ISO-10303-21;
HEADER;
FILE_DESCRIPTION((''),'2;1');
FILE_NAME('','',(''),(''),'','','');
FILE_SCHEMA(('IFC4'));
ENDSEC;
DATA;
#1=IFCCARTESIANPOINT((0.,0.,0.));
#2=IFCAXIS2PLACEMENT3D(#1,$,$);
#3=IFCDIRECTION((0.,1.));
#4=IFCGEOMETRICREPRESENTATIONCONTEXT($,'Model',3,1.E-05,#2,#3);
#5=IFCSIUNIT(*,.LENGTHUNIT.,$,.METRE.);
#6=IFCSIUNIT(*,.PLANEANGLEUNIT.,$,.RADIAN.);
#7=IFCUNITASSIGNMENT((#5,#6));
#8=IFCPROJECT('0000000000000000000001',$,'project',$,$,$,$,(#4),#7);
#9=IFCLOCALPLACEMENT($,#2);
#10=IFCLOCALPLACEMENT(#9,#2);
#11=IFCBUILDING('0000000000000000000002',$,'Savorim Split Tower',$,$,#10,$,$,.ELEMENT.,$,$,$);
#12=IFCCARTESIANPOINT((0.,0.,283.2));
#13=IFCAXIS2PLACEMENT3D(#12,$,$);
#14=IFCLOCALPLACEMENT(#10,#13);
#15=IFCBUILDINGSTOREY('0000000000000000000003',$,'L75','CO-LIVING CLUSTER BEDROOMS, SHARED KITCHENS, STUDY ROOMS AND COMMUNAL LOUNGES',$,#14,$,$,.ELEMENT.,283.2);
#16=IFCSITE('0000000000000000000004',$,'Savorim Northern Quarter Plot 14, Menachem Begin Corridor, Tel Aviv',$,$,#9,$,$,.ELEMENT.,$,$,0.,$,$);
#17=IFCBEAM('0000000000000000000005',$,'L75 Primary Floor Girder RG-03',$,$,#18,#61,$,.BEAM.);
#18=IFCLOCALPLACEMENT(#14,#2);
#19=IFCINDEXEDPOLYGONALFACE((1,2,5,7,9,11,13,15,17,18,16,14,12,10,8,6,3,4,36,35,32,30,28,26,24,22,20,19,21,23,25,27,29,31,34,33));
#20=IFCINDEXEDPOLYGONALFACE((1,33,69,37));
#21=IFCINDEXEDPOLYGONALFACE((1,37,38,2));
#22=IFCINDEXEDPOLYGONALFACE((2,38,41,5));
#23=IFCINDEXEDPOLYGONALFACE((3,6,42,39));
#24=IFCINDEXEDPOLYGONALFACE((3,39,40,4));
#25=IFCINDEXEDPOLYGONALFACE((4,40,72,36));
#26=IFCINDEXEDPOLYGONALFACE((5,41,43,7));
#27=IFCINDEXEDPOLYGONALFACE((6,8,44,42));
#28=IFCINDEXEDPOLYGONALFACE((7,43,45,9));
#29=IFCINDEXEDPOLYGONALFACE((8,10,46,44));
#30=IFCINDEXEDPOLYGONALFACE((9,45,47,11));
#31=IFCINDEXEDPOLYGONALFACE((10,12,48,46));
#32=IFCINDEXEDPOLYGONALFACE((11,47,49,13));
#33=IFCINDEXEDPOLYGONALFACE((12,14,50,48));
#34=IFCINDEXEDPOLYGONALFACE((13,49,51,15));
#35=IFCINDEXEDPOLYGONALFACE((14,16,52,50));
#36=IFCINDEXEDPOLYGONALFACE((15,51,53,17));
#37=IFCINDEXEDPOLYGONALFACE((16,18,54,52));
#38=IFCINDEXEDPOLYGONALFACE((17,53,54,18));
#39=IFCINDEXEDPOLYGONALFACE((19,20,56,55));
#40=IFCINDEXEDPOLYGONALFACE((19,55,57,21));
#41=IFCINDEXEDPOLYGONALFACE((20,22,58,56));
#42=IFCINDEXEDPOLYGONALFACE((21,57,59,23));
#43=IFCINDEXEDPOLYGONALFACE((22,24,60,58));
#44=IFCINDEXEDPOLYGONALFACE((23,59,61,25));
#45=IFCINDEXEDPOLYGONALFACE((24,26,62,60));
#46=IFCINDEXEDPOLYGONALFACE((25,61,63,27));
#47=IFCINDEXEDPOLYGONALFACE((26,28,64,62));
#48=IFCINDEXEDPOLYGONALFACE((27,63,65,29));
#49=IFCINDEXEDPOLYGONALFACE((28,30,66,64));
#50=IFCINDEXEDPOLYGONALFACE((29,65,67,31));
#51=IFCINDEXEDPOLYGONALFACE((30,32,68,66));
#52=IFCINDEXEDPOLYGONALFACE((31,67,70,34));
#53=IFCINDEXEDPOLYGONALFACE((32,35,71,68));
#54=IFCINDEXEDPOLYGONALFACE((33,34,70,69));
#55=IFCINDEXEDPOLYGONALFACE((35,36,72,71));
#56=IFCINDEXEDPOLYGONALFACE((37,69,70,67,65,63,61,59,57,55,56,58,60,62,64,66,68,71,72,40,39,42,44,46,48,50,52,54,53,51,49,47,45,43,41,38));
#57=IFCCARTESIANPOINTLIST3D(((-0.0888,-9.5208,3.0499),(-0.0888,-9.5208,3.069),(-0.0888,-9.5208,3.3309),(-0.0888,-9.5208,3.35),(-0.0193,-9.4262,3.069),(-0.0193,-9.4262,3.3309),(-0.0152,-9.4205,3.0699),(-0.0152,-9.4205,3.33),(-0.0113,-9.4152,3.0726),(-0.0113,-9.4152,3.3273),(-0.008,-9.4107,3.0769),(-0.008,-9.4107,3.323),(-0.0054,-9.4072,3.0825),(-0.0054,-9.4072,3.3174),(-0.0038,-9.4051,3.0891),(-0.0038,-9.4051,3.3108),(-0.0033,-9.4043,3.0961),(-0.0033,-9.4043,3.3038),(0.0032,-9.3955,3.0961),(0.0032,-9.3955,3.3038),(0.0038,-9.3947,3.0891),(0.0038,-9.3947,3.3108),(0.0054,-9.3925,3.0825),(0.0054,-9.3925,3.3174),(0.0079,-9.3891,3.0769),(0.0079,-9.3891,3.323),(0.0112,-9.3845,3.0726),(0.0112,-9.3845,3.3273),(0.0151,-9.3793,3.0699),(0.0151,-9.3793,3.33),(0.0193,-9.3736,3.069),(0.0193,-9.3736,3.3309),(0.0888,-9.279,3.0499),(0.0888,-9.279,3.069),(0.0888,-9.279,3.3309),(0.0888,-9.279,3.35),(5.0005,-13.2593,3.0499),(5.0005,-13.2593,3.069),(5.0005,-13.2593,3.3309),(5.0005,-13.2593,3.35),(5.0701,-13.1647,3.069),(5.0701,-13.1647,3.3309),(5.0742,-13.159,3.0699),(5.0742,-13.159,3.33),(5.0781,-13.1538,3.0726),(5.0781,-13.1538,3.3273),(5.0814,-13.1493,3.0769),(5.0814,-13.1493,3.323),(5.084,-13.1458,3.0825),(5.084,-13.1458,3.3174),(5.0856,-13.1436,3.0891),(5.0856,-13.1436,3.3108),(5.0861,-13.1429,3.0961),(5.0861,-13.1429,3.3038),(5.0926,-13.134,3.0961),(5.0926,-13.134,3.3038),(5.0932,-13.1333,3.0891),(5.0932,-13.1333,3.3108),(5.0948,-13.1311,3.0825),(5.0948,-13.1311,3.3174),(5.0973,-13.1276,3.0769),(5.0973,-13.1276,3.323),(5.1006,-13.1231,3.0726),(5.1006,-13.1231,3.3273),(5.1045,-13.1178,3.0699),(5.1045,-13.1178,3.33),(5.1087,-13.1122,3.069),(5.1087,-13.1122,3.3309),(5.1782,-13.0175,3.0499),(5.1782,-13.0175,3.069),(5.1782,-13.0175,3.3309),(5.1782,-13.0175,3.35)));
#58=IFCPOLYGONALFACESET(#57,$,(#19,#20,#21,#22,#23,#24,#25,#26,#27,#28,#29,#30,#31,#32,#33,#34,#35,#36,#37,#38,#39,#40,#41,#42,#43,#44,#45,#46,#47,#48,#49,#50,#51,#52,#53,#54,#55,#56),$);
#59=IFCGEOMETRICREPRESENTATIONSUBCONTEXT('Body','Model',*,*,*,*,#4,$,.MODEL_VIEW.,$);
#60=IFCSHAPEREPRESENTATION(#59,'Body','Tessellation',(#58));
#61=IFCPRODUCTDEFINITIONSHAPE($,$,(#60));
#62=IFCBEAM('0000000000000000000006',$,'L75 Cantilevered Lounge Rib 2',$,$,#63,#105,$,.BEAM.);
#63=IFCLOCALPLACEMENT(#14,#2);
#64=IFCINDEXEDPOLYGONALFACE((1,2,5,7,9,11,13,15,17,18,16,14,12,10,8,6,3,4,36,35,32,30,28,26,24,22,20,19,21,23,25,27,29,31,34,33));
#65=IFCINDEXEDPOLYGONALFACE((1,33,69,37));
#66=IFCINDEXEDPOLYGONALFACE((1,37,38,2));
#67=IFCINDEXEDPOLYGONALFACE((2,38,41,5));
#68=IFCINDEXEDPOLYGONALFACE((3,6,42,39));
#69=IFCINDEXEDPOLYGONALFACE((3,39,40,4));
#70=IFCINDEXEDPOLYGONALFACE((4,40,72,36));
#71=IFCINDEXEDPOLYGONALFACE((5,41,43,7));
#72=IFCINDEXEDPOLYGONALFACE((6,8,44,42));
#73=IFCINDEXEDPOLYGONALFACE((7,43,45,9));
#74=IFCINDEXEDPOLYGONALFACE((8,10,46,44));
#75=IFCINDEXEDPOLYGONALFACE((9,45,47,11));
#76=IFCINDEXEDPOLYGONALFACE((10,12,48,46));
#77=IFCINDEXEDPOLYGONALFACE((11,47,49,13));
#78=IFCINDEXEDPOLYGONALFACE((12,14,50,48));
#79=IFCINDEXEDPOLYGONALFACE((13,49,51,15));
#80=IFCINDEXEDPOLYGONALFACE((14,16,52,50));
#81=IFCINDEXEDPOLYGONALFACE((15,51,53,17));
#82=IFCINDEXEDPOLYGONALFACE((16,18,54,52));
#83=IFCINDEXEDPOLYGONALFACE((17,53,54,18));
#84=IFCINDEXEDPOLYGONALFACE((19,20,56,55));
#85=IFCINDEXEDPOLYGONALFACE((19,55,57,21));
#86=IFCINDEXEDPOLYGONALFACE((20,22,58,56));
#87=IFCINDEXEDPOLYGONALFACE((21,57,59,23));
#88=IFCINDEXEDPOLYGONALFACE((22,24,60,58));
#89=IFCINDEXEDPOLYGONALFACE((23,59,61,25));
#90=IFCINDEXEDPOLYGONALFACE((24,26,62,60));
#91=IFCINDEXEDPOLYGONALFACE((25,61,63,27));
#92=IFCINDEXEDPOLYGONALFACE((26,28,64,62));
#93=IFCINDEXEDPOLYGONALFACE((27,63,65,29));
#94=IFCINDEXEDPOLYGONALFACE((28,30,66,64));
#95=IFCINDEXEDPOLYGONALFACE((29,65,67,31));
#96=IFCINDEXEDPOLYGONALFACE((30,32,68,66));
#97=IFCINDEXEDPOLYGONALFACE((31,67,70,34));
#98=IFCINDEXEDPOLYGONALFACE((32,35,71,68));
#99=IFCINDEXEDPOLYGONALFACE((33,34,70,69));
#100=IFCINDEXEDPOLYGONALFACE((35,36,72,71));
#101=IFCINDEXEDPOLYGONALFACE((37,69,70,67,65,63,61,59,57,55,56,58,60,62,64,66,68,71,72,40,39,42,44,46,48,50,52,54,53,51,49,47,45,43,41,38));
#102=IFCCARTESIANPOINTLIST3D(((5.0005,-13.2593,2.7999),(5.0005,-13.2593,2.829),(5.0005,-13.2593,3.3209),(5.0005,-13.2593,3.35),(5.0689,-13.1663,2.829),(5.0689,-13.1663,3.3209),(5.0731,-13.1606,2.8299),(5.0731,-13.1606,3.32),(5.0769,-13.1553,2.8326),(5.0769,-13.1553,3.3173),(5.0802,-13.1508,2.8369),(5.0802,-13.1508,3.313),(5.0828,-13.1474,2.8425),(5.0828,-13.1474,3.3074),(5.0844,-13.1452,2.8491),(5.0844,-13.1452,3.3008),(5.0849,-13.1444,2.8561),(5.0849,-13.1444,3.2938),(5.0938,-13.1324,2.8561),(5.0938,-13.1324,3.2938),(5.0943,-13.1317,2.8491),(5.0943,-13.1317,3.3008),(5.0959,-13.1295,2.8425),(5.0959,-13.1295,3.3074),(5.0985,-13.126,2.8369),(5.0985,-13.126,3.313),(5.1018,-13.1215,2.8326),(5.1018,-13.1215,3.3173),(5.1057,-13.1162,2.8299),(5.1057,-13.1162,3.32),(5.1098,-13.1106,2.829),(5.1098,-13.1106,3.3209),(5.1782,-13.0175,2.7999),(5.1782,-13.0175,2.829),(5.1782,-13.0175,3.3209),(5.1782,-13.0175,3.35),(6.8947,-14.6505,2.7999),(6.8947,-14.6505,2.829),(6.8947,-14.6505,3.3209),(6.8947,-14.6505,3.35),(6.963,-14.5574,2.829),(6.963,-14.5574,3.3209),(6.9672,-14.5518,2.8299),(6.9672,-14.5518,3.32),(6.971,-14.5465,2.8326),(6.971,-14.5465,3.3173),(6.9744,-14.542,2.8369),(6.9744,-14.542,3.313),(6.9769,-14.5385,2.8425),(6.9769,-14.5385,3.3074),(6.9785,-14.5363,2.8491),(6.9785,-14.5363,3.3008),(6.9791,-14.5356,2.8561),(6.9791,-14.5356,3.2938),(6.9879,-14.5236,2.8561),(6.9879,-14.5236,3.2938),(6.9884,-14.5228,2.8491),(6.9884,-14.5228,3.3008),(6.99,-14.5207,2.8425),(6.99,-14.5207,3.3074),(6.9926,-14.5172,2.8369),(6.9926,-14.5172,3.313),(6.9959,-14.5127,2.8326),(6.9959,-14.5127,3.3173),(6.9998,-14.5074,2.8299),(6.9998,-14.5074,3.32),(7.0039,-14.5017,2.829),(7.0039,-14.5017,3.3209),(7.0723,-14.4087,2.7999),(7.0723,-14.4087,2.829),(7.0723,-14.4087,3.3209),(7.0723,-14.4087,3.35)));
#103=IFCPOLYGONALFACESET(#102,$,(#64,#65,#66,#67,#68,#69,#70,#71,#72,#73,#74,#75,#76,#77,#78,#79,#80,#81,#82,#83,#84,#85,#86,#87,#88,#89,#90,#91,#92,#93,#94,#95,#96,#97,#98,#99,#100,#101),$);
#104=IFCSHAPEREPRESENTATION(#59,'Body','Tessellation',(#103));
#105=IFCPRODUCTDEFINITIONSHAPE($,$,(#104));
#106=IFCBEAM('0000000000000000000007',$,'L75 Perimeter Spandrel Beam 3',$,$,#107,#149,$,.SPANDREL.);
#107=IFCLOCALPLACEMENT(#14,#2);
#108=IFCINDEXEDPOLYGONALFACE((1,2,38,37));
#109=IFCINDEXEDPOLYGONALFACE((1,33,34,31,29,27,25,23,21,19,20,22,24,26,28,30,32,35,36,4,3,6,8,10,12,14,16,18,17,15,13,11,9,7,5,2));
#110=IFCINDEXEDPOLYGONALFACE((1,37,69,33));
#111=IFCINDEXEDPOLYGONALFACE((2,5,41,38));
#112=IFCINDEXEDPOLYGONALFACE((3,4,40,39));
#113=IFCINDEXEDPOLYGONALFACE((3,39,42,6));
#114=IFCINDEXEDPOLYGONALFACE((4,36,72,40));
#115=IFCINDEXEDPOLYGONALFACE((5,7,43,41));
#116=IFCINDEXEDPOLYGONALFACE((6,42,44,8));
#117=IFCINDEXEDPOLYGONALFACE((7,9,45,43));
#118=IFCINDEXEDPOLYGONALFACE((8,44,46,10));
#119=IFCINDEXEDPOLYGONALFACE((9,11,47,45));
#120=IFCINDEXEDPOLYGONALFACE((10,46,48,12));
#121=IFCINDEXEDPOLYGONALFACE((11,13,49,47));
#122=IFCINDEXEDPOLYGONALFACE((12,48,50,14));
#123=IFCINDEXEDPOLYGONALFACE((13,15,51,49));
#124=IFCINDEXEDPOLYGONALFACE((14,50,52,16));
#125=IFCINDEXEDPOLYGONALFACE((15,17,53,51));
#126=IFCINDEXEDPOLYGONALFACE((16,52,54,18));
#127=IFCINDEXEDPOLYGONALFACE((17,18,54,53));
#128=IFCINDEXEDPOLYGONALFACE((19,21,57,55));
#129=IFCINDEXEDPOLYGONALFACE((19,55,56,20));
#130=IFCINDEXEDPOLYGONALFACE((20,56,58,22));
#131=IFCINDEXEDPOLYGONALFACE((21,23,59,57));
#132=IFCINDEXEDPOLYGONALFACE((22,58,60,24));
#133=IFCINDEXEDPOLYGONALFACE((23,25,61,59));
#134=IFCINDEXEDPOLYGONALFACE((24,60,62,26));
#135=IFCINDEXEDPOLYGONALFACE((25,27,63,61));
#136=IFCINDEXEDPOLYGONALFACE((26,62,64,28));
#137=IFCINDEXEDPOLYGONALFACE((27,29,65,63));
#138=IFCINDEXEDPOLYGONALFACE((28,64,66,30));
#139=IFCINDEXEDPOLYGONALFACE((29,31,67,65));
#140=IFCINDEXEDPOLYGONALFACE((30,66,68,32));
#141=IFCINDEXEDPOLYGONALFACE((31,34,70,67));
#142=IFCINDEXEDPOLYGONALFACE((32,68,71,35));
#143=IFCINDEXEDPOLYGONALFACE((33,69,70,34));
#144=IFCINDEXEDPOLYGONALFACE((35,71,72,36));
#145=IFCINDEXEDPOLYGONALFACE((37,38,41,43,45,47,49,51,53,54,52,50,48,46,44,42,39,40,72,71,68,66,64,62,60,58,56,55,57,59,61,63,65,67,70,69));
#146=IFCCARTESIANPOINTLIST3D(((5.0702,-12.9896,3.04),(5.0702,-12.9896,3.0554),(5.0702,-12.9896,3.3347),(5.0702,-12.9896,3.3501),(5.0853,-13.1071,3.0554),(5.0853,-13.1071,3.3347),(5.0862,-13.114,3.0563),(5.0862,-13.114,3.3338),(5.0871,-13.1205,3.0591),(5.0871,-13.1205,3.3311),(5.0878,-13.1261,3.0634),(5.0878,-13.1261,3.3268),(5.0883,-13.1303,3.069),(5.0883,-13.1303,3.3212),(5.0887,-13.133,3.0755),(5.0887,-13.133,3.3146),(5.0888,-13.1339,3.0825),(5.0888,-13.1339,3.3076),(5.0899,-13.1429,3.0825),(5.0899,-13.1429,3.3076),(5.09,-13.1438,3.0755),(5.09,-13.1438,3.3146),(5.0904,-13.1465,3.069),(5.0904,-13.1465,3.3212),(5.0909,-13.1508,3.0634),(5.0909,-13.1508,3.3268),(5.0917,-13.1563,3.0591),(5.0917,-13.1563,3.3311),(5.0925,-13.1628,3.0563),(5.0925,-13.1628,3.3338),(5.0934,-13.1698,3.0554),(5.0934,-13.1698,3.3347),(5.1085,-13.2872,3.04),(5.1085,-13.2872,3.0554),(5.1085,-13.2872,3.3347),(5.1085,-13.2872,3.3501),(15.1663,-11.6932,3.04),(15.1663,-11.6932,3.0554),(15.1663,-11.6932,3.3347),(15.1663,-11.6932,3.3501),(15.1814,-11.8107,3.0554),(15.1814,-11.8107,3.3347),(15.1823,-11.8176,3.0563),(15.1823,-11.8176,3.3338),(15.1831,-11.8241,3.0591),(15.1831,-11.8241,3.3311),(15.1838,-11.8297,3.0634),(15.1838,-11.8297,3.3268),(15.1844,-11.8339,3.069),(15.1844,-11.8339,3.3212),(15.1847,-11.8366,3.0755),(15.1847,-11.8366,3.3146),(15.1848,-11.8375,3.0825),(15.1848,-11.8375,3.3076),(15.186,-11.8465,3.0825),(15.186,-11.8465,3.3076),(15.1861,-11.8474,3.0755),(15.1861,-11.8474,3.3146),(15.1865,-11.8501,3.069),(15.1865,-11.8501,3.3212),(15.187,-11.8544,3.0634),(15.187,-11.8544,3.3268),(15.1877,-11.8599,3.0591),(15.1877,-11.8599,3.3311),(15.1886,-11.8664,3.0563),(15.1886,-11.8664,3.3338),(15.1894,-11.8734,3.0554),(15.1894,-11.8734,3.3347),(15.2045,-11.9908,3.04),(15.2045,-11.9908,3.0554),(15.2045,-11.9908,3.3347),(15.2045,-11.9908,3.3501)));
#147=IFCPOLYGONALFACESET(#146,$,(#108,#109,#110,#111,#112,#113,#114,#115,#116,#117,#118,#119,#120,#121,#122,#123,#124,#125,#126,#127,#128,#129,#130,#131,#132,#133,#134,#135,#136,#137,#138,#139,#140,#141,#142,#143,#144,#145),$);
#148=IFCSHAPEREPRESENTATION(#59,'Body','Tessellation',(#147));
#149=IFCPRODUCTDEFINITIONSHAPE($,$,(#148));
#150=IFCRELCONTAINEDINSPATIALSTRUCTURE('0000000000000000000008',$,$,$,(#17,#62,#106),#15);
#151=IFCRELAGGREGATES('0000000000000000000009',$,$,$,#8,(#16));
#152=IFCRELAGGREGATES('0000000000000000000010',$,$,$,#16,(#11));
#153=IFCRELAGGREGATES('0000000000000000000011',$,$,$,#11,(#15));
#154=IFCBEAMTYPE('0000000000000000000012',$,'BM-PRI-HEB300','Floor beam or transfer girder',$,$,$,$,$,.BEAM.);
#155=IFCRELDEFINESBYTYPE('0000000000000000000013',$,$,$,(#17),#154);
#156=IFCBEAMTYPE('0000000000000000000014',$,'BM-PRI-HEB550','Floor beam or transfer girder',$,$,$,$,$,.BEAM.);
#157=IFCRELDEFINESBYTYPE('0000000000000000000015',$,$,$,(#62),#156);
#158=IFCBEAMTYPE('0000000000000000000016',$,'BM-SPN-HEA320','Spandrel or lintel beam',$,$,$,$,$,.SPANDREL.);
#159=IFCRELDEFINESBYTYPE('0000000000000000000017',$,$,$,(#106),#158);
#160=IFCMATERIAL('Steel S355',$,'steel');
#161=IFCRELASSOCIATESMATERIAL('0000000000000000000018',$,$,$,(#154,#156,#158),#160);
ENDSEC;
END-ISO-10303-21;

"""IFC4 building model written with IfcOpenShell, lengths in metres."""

from ifc_helpers import new_model, si_unit, direction, frame, origin, origin_2d, place, context, subcontext, project, spatial, i_section, extrude, material, material_profile, profile_set, type_object, element, save


model = new_model("IFC4")

# Units and contexts
model_context = context("Model", 3, precision=1e-05, world=origin(), true_north=direction((0.0, 1.0)))
body_context = subcontext(model_context, "Body", "Model", "MODEL_VIEW")
ifc_project = project(units=[si_unit("LENGTHUNIT", "METRE"), si_unit("PLANEANGLEUNIT", "RADIAN")], contexts=[model_context])

# Site, building, storey
site_placement = place(None, origin())
site = spatial("IfcSite", under=ifc_project, at=site_placement, Name="Savorim Northern Quarter Plot 14, Menachem Begin Corridor, Tel Aviv", CompositionType="ELEMENT", RefElevation=0.0)
building_placement = place(site_placement, origin())
building = spatial("IfcBuilding", under=site, at=building_placement, Name="Savorim Split Tower", CompositionType="ELEMENT")
storey_placement = place(building_placement, frame((0.0, 0.0, 283.2)))
storey = spatial("IfcBuildingStorey", under=building, at=storey_placement, Name="L75", Description="CO-LIVING CLUSTER BEDROOMS, SHARED KITCHENS, STUDY ROOMS AND COMMUNAL LOUNGES", CompositionType="ELEMENT", Elevation=283.2)

# Shared definitions
ifc_material_1 = material(Name="Steel S355", Category="steel")

# Beams
ifc_material_profile_1 = material_profile(ifc_material_1, i_section(OverallWidth=0.3, OverallDepth=0.3, WebThickness=0.011, FlangeThickness=0.019, FilletRadius=0.0271, at=origin_2d()), Name="HEB 300")
ifc_profile_set_1 = profile_set([ifc_material_profile_1], Name="Steel S355")
beam_type_1 = type_object("IfcBeamType", Name="BM-PRI-HEB300", Description="Floor beam or transfer girder", PredefinedType="BEAM", material=ifc_profile_set_1)
beam_1_placement = place(storey_placement, frame((5.0894, -13.1384, 3.2), z_axis=(-0.805927, 0.592015, 0.0), x_axis=(-0.592015, -0.805927, 0.0)))
element("IfcBeam", 1, at=beam_1_placement, inside=storey, type_object=beam_type_1, Name="L75 Primary Floor Girder RG-03", PredefinedType="BEAM", context=body_context, shape_type="SweptSolid", body=[
    extrude(i_section(OverallWidth=0.3, OverallDepth=0.3, WebThickness=0.011, FlangeThickness=0.019, FilletRadius=0.0271, at=origin_2d()), origin(), (0.0, 0.0, 1.0), 6.3149),
])
ifc_material_profile_2 = material_profile(ifc_material_1, i_section(OverallWidth=0.3, OverallDepth=0.55, WebThickness=0.0149, FlangeThickness=0.0291, FilletRadius=0.0271, at=origin_2d()), Name="HEB 550")
ifc_profile_set_2 = profile_set([ifc_material_profile_2], Name="Steel S355")
beam_type_2 = type_object("IfcBeamType", Name="BM-PRI-HEB550", Description="Floor beam or transfer girder", PredefinedType="BEAM", material=ifc_profile_set_2)
beam_2_placement = place(storey_placement, frame((5.0894, -13.1384, 3.075), z_axis=(0.805969, -0.591958, 0.0), x_axis=(0.591958, 0.805969, 0.0)))
element("IfcBeam", 2, at=beam_2_placement, inside=storey, type_object=beam_type_2, Name="L75 Cantilevered Lounge Rib 2", PredefinedType="BEAM", context=body_context, shape_type="SweptSolid", body=[
    extrude(i_section(OverallWidth=0.3, OverallDepth=0.55, WebThickness=0.0149, FlangeThickness=0.0291, FilletRadius=0.0271, at=origin_2d()), origin(), (0.0, 0.0, 1.0), 2.3501),
])
ifc_material_profile_3 = material_profile(ifc_material_1, i_section(OverallWidth=0.3, OverallDepth=0.3101, WebThickness=0.009, FlangeThickness=0.0154, FilletRadius=0.0271, at=origin_2d()), Name="HEA 320")
ifc_profile_set_3 = profile_set([ifc_material_profile_3], Name="Steel S355")
beam_type_3 = type_object("IfcBeamType", Name="BM-SPN-HEA320", Description="Spandrel or lintel beam", PredefinedType="SPANDREL", material=ifc_profile_set_3)
beam_3_placement = place(storey_placement, frame((5.0894, -13.1384, 3.1951), z_axis=(0.991856, 0.127361, 0.0), x_axis=(-0.127361, 0.991856, 0.0)))
element("IfcBeam", 3, at=beam_3_placement, inside=storey, type_object=beam_type_3, Name="L75 Perimeter Spandrel Beam 3", PredefinedType="SPANDREL", context=body_context, shape_type="SweptSolid", body=[
    extrude(i_section(OverallWidth=0.3, OverallDepth=0.3101, WebThickness=0.009, FlangeThickness=0.0154, FilletRadius=0.0271, at=origin_2d()), origin(), (0.0, 0.0, 1.0), 10.179),
])

save(model, "model.ifc")
